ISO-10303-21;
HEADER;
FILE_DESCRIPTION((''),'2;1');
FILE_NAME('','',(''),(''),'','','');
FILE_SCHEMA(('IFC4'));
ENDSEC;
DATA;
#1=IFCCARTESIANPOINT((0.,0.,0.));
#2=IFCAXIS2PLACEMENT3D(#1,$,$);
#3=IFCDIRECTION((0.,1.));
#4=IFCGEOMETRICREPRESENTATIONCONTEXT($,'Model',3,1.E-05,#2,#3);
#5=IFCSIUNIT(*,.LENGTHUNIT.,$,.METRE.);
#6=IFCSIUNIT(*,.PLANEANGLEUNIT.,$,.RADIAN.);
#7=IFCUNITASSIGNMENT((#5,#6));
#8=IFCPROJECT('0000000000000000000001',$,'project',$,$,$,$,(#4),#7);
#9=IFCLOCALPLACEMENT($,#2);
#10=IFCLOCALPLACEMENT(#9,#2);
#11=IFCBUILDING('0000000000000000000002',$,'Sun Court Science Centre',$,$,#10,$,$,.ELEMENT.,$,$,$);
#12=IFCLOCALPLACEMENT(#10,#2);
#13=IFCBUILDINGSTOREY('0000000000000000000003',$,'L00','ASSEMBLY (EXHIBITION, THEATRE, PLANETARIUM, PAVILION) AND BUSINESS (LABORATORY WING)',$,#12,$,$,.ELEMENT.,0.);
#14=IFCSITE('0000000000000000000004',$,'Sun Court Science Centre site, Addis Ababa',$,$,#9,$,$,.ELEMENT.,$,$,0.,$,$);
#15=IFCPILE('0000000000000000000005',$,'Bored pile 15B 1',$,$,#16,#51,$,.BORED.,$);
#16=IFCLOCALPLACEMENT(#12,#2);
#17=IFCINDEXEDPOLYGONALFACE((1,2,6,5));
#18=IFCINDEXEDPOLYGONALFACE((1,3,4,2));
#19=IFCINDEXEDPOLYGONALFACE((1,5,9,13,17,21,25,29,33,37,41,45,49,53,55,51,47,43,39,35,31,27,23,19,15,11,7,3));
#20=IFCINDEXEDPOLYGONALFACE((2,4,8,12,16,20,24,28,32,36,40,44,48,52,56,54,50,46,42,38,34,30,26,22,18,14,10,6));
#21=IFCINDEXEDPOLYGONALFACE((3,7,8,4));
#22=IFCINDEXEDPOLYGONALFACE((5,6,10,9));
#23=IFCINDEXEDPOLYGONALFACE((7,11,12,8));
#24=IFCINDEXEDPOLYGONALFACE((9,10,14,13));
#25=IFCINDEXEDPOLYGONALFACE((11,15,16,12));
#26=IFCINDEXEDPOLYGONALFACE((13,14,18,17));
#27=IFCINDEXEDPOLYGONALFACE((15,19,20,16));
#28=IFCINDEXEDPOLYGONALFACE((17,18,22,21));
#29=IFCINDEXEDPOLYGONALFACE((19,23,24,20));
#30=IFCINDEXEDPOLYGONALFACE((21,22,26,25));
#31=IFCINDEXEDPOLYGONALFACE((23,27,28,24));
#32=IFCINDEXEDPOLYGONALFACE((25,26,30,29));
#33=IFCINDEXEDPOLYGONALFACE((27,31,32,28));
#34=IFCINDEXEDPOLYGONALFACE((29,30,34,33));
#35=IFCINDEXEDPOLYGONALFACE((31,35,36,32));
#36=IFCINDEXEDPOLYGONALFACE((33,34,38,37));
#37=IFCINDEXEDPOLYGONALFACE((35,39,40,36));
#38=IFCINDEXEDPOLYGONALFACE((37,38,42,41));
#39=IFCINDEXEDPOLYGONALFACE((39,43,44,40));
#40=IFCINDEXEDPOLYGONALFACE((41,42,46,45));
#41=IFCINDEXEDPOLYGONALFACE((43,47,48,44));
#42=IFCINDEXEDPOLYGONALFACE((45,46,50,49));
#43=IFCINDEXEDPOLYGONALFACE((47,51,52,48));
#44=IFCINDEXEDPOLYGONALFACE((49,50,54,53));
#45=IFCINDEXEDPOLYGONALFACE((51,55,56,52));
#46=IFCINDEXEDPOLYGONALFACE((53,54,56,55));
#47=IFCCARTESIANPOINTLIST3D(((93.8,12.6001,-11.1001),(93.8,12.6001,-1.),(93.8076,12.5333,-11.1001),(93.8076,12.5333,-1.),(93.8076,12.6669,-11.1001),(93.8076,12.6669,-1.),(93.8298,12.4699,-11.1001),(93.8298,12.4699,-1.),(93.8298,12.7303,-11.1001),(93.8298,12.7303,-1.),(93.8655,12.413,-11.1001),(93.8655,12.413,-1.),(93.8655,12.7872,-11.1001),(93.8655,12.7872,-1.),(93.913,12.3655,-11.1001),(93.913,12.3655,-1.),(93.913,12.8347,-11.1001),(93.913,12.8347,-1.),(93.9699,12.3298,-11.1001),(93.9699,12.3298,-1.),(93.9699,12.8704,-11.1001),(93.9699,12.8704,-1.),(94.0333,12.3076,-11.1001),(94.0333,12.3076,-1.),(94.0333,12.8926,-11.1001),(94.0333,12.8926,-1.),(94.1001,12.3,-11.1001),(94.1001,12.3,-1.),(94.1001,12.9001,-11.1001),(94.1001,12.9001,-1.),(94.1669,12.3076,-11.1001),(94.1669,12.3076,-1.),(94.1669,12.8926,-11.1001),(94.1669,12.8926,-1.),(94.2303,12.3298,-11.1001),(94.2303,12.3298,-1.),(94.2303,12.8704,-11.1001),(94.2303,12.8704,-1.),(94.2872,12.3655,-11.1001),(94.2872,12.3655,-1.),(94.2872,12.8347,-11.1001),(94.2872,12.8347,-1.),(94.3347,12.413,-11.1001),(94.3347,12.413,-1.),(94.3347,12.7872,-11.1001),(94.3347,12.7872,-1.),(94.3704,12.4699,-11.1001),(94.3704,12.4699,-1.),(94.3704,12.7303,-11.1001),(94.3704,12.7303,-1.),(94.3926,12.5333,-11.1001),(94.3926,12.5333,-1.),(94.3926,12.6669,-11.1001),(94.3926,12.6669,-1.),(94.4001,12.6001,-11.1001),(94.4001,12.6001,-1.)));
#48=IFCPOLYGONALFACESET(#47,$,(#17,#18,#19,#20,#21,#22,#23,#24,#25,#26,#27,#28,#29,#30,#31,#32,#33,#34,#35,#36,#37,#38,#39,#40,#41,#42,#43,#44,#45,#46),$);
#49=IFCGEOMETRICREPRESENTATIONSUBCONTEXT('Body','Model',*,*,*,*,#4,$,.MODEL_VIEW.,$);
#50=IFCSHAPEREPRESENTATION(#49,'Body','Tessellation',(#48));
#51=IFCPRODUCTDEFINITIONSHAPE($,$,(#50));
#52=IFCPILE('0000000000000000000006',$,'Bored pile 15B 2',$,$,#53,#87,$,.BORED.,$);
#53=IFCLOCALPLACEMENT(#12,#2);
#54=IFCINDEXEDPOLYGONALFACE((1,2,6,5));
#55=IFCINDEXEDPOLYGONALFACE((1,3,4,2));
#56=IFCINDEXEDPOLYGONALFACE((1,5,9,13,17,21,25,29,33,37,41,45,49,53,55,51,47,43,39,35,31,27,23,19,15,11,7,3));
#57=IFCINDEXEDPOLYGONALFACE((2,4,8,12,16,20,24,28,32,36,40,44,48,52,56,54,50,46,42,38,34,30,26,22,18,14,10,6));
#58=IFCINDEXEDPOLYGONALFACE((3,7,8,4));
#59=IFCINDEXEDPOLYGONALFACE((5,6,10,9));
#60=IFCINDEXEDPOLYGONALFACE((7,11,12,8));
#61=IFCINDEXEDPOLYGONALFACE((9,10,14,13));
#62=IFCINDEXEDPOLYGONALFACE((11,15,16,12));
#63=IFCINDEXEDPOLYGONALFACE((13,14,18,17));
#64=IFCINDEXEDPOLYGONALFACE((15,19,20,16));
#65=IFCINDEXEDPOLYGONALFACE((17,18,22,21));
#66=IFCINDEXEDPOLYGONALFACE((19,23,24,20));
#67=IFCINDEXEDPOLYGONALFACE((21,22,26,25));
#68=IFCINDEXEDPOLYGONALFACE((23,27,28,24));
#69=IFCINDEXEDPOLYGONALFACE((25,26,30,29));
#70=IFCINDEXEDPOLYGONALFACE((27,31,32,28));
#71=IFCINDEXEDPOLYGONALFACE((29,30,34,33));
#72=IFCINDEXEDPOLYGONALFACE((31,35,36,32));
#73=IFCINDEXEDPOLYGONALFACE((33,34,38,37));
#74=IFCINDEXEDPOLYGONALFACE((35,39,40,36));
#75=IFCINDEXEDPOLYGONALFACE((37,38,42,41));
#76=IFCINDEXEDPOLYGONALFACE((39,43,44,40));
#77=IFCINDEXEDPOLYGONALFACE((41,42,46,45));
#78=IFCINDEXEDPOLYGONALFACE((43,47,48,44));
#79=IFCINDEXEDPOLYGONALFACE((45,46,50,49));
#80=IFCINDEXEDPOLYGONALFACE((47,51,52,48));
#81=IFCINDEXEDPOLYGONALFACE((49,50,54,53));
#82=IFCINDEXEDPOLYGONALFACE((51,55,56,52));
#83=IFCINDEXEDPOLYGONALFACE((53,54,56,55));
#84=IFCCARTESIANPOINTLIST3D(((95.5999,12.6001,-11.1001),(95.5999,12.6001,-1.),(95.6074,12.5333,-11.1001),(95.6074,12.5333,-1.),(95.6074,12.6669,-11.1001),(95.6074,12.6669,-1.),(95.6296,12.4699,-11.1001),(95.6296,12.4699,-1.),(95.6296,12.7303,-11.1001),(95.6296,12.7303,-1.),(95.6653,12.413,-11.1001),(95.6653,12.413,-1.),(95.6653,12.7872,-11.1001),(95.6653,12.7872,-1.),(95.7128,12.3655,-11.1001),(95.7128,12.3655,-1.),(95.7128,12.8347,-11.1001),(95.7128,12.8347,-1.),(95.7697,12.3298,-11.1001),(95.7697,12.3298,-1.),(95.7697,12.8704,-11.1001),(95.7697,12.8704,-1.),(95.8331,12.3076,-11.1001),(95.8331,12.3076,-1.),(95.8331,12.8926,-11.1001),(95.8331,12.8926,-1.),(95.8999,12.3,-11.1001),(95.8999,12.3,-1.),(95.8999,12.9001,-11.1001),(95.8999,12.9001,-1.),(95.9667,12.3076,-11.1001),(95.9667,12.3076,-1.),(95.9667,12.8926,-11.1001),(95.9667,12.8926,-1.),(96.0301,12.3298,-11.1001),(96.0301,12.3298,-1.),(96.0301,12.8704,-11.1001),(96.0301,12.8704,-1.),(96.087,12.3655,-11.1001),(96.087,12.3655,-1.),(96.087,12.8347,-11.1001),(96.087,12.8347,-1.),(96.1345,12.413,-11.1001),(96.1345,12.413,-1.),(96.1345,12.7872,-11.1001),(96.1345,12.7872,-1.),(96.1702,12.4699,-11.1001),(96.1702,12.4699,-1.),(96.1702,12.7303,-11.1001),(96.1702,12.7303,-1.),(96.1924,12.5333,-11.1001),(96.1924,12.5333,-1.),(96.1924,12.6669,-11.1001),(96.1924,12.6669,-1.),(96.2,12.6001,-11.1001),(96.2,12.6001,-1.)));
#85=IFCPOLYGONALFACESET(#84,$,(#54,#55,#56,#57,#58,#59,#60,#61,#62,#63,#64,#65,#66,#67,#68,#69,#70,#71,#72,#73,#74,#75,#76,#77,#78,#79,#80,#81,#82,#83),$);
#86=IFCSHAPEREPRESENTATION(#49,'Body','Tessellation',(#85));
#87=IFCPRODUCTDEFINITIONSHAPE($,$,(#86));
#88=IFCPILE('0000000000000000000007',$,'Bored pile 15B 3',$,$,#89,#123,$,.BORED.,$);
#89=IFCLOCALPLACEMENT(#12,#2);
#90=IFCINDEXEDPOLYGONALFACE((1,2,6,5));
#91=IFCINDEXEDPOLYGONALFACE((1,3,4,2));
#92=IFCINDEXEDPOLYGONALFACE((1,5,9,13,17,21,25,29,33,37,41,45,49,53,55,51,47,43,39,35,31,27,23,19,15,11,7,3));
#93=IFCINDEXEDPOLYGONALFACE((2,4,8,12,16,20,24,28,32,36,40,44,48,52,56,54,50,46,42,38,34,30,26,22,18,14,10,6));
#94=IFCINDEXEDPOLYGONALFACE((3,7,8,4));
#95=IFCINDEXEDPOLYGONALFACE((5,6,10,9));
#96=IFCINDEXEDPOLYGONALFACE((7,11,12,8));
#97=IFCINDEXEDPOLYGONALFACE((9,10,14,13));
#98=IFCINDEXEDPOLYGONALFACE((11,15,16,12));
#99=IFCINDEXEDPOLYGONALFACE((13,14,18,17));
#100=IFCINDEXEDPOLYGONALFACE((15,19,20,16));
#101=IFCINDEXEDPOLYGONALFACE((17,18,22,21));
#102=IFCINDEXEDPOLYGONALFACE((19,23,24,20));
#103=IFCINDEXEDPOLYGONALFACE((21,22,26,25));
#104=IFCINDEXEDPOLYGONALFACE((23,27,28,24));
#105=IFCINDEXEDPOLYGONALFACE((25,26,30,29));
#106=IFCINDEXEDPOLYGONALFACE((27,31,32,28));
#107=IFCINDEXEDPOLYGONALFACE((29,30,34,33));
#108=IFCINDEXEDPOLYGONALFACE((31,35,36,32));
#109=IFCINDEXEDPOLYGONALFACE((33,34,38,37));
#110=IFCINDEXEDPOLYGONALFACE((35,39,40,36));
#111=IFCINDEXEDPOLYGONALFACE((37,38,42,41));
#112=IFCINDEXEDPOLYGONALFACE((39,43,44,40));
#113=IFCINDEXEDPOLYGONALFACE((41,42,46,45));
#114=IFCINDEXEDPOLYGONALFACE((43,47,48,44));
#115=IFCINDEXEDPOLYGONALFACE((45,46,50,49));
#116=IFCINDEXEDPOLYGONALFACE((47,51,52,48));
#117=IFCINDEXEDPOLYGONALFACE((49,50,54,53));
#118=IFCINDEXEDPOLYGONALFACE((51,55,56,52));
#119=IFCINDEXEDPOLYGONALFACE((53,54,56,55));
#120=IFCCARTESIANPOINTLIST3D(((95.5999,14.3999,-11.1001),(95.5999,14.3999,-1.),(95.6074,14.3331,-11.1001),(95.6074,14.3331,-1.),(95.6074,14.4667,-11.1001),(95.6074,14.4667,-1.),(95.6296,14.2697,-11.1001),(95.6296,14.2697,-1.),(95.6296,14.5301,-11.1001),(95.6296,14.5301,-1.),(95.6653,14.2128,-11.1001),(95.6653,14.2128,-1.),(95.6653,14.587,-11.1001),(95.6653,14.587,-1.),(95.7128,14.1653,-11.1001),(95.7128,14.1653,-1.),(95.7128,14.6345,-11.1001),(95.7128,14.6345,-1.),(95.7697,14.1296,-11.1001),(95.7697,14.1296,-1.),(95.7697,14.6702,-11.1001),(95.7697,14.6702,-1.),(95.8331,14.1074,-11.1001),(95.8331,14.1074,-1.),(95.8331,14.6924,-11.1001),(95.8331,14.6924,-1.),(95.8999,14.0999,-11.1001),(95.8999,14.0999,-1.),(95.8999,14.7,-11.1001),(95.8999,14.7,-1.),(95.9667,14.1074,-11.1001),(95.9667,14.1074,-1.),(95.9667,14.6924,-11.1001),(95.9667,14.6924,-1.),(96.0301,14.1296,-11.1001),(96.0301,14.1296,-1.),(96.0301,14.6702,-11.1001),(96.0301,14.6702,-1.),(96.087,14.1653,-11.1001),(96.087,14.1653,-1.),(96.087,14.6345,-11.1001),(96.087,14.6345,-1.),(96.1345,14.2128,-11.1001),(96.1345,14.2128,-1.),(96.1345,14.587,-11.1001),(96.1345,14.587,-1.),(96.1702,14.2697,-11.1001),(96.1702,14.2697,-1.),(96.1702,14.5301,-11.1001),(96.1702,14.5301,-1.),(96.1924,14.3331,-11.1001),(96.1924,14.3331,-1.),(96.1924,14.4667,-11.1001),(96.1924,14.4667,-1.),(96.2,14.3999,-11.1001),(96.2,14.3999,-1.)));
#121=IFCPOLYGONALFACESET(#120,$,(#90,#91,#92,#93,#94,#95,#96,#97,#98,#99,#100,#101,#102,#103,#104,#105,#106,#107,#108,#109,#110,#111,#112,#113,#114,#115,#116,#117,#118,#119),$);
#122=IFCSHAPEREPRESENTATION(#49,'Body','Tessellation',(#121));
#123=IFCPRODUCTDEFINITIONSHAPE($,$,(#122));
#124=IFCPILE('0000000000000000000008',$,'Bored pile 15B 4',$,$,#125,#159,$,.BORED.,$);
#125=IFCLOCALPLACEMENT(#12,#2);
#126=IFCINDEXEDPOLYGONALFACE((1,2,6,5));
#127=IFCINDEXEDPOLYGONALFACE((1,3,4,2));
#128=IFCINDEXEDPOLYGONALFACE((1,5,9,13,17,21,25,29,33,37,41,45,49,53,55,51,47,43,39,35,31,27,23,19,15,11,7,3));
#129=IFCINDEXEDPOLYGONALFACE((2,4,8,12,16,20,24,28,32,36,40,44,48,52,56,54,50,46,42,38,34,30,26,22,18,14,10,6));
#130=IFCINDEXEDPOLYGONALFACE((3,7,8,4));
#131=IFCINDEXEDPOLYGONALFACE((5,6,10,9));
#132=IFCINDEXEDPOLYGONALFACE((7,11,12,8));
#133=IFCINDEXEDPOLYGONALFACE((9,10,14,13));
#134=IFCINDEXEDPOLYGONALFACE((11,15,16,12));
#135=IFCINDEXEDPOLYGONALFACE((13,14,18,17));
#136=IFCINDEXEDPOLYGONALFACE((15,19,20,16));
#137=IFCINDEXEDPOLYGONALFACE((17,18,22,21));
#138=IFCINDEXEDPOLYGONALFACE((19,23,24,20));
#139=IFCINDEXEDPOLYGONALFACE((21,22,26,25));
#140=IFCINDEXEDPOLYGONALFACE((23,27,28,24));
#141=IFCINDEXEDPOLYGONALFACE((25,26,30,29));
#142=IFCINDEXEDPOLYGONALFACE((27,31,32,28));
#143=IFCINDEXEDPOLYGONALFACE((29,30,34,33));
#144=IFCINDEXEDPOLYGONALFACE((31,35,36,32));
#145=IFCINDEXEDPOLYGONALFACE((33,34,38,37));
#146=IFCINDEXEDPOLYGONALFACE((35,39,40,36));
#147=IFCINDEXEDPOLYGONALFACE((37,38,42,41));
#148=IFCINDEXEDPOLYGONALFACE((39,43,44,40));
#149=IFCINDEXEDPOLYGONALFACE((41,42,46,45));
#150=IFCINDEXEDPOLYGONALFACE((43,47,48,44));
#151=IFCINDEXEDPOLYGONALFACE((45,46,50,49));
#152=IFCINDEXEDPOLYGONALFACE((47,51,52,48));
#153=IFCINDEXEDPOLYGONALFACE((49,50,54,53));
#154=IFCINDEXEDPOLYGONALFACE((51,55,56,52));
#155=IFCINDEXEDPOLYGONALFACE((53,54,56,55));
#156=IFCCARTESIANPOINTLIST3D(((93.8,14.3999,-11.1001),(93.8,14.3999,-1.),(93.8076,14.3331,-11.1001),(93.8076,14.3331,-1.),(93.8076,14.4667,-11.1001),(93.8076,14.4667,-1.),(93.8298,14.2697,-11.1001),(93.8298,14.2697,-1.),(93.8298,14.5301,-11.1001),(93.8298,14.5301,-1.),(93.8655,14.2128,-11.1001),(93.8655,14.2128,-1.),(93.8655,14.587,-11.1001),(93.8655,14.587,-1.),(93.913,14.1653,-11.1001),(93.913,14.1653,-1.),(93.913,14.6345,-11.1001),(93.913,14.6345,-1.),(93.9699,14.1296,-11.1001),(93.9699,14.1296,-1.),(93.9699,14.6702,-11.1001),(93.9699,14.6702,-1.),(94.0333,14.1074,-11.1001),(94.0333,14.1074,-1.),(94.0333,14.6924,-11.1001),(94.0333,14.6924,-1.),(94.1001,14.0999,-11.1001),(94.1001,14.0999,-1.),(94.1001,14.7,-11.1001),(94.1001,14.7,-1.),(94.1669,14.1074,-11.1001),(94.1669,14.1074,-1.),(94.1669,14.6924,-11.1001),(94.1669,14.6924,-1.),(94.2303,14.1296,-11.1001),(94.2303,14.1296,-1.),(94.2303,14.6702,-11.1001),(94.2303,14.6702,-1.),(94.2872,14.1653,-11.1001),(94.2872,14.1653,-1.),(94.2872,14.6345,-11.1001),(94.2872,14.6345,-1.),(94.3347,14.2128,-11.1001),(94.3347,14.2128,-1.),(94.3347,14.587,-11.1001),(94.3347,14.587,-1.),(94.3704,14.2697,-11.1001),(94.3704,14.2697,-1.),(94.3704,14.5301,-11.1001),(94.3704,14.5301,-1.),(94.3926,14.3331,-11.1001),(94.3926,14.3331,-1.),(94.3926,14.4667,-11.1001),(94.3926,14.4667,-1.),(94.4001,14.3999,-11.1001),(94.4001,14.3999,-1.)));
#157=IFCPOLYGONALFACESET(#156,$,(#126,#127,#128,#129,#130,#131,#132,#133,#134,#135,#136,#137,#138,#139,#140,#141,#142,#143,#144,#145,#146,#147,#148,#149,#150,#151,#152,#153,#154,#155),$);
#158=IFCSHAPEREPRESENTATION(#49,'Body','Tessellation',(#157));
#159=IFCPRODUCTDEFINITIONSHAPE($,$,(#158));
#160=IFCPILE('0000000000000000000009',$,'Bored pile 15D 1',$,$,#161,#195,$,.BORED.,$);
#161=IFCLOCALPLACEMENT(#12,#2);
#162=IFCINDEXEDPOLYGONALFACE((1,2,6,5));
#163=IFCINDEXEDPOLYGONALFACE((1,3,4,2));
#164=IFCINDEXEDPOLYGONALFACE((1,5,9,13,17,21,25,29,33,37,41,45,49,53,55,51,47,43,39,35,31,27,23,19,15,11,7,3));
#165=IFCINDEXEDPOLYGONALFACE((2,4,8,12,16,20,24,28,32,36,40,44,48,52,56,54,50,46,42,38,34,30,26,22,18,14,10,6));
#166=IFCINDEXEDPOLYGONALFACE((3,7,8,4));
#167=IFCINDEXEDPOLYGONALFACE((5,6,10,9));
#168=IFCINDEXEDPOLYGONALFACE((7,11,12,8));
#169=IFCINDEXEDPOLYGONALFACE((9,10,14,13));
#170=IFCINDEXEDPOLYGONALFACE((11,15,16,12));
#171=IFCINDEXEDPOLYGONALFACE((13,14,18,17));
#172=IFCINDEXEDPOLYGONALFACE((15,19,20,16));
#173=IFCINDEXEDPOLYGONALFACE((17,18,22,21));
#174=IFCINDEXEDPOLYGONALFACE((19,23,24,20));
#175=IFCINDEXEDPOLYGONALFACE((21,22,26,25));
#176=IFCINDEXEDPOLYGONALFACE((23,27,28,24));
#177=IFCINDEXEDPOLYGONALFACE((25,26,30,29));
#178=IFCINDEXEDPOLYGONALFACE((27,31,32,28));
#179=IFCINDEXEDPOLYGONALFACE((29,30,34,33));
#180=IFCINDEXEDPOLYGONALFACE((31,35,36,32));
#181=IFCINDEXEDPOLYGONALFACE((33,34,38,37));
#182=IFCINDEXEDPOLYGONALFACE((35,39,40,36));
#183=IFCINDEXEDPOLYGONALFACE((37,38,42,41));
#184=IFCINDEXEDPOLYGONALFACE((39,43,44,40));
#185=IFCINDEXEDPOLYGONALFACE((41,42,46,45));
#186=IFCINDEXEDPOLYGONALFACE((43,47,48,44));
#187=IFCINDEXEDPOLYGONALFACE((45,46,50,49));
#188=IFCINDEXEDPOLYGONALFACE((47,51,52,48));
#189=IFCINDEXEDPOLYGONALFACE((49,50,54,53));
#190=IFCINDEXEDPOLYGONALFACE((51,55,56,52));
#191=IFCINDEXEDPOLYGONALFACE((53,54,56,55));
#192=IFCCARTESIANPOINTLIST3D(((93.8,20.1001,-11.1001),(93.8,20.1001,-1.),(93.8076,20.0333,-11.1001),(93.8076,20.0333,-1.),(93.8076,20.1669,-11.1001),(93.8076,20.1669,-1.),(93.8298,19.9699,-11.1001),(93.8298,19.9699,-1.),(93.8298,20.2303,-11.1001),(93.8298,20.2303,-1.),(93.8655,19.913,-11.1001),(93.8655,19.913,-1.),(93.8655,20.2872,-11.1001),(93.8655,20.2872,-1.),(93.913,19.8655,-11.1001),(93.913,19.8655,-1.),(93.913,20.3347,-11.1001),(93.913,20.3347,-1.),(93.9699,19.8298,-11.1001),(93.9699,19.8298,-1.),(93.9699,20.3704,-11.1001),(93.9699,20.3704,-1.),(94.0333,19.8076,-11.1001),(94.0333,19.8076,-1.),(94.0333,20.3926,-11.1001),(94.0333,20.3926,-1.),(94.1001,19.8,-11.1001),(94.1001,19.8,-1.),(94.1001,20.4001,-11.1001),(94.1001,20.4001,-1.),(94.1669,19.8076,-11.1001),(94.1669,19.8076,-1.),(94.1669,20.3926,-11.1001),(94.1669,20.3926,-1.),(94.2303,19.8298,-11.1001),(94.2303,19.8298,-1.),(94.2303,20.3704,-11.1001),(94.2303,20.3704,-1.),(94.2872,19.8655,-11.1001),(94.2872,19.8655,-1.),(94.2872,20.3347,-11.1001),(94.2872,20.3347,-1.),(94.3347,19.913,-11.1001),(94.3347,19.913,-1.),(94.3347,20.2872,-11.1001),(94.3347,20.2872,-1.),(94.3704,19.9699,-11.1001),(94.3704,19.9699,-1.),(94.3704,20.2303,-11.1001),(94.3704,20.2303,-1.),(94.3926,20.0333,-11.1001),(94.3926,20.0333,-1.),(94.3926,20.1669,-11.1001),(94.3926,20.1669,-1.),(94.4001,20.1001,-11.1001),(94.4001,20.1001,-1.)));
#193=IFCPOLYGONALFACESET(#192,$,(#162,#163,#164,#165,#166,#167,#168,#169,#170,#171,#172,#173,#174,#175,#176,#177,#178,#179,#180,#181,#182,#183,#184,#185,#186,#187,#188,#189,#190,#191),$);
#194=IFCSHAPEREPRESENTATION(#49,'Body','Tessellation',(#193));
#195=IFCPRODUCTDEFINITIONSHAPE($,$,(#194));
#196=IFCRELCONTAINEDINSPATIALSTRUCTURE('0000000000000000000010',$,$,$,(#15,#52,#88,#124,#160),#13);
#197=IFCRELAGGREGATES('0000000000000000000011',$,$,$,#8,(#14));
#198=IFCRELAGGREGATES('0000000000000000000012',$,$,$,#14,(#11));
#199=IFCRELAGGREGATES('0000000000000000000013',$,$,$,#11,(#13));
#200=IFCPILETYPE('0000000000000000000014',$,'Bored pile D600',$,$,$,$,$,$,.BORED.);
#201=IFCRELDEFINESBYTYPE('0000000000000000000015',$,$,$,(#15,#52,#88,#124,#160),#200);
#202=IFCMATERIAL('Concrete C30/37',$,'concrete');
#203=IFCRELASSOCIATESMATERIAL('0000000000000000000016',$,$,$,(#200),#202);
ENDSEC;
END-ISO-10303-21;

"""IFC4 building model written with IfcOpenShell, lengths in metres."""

from ifc_helpers import new_model, si_unit, direction, frame, origin, origin_2d, place, context, subcontext, project, spatial, circle, extrude, material, material_profile, profile_set, type_object, element, save


model = new_model("IFC4")

# Units and contexts
model_context = context("Model", 3, precision=1e-05, world=origin(), true_north=direction((0.0, 1.0)))
body_context = subcontext(model_context, "Body", "Model", "MODEL_VIEW")
ifc_project = project(units=[si_unit("LENGTHUNIT", "METRE"), si_unit("PLANEANGLEUNIT", "RADIAN")], contexts=[model_context])

# Site, building, storey
site_placement = place(None, origin())
site = spatial("IfcSite", under=ifc_project, at=site_placement, Name="Sun Court Science Centre site, Addis Ababa", CompositionType="ELEMENT", RefElevation=0.0)
building_placement = place(site_placement, origin())
building = spatial("IfcBuilding", under=site, at=building_placement, Name="Sun Court Science Centre", CompositionType="ELEMENT")
storey_placement = place(building_placement, origin())
storey = spatial("IfcBuildingStorey", under=building, at=storey_placement, Name="L00", Description="ASSEMBLY (EXHIBITION, THEATRE, PLANETARIUM, PAVILION) AND BUSINESS (LABORATORY WING)", CompositionType="ELEMENT", Elevation=0.0)

# Piles
ifc_material_1 = material(Name="Concrete C30/37", Category="concrete")
ifc_material_profile_1 = material_profile(ifc_material_1, circle(Radius=0.3, at=origin_2d()), Name="RC D600")
ifc_profile_set_1 = profile_set([ifc_material_profile_1], Name="Concrete C30/37")
pile_type = type_object("IfcPileType", Name="Bored pile D600", PredefinedType="BORED", material=ifc_profile_set_1)
for number, where, z_axis, x_axis, name in (
    (1, (94.1001, 12.6001, -1.0), (0.0, 0.0, -1.0), (1.0, 0.0, 0.0), "Bored pile 15B 1"),
    (2, (95.8999, 12.6001, -1.0), (0.0, 0.0, -1.0), (1.0, 0.0, 0.0), "Bored pile 15B 2"),
    (3, (95.8999, 14.3999, -1.0), (0.0, 0.0, -1.0), (1.0, 0.0, 0.0), "Bored pile 15B 3"),
    (4, (94.1001, 14.3999, -1.0), (0.0, 0.0, -1.0), (1.0, 0.0, 0.0), "Bored pile 15B 4"),
    (5, (94.1001, 20.1001, -1.0), (0.0, 0.0, -1.0), (1.0, 0.0, 0.0), "Bored pile 15D 1"),
):
    element("IfcPile", number, at=place(storey_placement, frame(where, z_axis=z_axis, x_axis=x_axis)), inside=storey, type_object=pile_type, Name=name, PredefinedType="BORED", context=body_context, shape_type="SweptSolid", body=[
        extrude(circle(Radius=0.3, at=origin_2d()), origin(), (0.0, 0.0, 1.0), 10.1001),
    ])

save(model, "model.ifc")
